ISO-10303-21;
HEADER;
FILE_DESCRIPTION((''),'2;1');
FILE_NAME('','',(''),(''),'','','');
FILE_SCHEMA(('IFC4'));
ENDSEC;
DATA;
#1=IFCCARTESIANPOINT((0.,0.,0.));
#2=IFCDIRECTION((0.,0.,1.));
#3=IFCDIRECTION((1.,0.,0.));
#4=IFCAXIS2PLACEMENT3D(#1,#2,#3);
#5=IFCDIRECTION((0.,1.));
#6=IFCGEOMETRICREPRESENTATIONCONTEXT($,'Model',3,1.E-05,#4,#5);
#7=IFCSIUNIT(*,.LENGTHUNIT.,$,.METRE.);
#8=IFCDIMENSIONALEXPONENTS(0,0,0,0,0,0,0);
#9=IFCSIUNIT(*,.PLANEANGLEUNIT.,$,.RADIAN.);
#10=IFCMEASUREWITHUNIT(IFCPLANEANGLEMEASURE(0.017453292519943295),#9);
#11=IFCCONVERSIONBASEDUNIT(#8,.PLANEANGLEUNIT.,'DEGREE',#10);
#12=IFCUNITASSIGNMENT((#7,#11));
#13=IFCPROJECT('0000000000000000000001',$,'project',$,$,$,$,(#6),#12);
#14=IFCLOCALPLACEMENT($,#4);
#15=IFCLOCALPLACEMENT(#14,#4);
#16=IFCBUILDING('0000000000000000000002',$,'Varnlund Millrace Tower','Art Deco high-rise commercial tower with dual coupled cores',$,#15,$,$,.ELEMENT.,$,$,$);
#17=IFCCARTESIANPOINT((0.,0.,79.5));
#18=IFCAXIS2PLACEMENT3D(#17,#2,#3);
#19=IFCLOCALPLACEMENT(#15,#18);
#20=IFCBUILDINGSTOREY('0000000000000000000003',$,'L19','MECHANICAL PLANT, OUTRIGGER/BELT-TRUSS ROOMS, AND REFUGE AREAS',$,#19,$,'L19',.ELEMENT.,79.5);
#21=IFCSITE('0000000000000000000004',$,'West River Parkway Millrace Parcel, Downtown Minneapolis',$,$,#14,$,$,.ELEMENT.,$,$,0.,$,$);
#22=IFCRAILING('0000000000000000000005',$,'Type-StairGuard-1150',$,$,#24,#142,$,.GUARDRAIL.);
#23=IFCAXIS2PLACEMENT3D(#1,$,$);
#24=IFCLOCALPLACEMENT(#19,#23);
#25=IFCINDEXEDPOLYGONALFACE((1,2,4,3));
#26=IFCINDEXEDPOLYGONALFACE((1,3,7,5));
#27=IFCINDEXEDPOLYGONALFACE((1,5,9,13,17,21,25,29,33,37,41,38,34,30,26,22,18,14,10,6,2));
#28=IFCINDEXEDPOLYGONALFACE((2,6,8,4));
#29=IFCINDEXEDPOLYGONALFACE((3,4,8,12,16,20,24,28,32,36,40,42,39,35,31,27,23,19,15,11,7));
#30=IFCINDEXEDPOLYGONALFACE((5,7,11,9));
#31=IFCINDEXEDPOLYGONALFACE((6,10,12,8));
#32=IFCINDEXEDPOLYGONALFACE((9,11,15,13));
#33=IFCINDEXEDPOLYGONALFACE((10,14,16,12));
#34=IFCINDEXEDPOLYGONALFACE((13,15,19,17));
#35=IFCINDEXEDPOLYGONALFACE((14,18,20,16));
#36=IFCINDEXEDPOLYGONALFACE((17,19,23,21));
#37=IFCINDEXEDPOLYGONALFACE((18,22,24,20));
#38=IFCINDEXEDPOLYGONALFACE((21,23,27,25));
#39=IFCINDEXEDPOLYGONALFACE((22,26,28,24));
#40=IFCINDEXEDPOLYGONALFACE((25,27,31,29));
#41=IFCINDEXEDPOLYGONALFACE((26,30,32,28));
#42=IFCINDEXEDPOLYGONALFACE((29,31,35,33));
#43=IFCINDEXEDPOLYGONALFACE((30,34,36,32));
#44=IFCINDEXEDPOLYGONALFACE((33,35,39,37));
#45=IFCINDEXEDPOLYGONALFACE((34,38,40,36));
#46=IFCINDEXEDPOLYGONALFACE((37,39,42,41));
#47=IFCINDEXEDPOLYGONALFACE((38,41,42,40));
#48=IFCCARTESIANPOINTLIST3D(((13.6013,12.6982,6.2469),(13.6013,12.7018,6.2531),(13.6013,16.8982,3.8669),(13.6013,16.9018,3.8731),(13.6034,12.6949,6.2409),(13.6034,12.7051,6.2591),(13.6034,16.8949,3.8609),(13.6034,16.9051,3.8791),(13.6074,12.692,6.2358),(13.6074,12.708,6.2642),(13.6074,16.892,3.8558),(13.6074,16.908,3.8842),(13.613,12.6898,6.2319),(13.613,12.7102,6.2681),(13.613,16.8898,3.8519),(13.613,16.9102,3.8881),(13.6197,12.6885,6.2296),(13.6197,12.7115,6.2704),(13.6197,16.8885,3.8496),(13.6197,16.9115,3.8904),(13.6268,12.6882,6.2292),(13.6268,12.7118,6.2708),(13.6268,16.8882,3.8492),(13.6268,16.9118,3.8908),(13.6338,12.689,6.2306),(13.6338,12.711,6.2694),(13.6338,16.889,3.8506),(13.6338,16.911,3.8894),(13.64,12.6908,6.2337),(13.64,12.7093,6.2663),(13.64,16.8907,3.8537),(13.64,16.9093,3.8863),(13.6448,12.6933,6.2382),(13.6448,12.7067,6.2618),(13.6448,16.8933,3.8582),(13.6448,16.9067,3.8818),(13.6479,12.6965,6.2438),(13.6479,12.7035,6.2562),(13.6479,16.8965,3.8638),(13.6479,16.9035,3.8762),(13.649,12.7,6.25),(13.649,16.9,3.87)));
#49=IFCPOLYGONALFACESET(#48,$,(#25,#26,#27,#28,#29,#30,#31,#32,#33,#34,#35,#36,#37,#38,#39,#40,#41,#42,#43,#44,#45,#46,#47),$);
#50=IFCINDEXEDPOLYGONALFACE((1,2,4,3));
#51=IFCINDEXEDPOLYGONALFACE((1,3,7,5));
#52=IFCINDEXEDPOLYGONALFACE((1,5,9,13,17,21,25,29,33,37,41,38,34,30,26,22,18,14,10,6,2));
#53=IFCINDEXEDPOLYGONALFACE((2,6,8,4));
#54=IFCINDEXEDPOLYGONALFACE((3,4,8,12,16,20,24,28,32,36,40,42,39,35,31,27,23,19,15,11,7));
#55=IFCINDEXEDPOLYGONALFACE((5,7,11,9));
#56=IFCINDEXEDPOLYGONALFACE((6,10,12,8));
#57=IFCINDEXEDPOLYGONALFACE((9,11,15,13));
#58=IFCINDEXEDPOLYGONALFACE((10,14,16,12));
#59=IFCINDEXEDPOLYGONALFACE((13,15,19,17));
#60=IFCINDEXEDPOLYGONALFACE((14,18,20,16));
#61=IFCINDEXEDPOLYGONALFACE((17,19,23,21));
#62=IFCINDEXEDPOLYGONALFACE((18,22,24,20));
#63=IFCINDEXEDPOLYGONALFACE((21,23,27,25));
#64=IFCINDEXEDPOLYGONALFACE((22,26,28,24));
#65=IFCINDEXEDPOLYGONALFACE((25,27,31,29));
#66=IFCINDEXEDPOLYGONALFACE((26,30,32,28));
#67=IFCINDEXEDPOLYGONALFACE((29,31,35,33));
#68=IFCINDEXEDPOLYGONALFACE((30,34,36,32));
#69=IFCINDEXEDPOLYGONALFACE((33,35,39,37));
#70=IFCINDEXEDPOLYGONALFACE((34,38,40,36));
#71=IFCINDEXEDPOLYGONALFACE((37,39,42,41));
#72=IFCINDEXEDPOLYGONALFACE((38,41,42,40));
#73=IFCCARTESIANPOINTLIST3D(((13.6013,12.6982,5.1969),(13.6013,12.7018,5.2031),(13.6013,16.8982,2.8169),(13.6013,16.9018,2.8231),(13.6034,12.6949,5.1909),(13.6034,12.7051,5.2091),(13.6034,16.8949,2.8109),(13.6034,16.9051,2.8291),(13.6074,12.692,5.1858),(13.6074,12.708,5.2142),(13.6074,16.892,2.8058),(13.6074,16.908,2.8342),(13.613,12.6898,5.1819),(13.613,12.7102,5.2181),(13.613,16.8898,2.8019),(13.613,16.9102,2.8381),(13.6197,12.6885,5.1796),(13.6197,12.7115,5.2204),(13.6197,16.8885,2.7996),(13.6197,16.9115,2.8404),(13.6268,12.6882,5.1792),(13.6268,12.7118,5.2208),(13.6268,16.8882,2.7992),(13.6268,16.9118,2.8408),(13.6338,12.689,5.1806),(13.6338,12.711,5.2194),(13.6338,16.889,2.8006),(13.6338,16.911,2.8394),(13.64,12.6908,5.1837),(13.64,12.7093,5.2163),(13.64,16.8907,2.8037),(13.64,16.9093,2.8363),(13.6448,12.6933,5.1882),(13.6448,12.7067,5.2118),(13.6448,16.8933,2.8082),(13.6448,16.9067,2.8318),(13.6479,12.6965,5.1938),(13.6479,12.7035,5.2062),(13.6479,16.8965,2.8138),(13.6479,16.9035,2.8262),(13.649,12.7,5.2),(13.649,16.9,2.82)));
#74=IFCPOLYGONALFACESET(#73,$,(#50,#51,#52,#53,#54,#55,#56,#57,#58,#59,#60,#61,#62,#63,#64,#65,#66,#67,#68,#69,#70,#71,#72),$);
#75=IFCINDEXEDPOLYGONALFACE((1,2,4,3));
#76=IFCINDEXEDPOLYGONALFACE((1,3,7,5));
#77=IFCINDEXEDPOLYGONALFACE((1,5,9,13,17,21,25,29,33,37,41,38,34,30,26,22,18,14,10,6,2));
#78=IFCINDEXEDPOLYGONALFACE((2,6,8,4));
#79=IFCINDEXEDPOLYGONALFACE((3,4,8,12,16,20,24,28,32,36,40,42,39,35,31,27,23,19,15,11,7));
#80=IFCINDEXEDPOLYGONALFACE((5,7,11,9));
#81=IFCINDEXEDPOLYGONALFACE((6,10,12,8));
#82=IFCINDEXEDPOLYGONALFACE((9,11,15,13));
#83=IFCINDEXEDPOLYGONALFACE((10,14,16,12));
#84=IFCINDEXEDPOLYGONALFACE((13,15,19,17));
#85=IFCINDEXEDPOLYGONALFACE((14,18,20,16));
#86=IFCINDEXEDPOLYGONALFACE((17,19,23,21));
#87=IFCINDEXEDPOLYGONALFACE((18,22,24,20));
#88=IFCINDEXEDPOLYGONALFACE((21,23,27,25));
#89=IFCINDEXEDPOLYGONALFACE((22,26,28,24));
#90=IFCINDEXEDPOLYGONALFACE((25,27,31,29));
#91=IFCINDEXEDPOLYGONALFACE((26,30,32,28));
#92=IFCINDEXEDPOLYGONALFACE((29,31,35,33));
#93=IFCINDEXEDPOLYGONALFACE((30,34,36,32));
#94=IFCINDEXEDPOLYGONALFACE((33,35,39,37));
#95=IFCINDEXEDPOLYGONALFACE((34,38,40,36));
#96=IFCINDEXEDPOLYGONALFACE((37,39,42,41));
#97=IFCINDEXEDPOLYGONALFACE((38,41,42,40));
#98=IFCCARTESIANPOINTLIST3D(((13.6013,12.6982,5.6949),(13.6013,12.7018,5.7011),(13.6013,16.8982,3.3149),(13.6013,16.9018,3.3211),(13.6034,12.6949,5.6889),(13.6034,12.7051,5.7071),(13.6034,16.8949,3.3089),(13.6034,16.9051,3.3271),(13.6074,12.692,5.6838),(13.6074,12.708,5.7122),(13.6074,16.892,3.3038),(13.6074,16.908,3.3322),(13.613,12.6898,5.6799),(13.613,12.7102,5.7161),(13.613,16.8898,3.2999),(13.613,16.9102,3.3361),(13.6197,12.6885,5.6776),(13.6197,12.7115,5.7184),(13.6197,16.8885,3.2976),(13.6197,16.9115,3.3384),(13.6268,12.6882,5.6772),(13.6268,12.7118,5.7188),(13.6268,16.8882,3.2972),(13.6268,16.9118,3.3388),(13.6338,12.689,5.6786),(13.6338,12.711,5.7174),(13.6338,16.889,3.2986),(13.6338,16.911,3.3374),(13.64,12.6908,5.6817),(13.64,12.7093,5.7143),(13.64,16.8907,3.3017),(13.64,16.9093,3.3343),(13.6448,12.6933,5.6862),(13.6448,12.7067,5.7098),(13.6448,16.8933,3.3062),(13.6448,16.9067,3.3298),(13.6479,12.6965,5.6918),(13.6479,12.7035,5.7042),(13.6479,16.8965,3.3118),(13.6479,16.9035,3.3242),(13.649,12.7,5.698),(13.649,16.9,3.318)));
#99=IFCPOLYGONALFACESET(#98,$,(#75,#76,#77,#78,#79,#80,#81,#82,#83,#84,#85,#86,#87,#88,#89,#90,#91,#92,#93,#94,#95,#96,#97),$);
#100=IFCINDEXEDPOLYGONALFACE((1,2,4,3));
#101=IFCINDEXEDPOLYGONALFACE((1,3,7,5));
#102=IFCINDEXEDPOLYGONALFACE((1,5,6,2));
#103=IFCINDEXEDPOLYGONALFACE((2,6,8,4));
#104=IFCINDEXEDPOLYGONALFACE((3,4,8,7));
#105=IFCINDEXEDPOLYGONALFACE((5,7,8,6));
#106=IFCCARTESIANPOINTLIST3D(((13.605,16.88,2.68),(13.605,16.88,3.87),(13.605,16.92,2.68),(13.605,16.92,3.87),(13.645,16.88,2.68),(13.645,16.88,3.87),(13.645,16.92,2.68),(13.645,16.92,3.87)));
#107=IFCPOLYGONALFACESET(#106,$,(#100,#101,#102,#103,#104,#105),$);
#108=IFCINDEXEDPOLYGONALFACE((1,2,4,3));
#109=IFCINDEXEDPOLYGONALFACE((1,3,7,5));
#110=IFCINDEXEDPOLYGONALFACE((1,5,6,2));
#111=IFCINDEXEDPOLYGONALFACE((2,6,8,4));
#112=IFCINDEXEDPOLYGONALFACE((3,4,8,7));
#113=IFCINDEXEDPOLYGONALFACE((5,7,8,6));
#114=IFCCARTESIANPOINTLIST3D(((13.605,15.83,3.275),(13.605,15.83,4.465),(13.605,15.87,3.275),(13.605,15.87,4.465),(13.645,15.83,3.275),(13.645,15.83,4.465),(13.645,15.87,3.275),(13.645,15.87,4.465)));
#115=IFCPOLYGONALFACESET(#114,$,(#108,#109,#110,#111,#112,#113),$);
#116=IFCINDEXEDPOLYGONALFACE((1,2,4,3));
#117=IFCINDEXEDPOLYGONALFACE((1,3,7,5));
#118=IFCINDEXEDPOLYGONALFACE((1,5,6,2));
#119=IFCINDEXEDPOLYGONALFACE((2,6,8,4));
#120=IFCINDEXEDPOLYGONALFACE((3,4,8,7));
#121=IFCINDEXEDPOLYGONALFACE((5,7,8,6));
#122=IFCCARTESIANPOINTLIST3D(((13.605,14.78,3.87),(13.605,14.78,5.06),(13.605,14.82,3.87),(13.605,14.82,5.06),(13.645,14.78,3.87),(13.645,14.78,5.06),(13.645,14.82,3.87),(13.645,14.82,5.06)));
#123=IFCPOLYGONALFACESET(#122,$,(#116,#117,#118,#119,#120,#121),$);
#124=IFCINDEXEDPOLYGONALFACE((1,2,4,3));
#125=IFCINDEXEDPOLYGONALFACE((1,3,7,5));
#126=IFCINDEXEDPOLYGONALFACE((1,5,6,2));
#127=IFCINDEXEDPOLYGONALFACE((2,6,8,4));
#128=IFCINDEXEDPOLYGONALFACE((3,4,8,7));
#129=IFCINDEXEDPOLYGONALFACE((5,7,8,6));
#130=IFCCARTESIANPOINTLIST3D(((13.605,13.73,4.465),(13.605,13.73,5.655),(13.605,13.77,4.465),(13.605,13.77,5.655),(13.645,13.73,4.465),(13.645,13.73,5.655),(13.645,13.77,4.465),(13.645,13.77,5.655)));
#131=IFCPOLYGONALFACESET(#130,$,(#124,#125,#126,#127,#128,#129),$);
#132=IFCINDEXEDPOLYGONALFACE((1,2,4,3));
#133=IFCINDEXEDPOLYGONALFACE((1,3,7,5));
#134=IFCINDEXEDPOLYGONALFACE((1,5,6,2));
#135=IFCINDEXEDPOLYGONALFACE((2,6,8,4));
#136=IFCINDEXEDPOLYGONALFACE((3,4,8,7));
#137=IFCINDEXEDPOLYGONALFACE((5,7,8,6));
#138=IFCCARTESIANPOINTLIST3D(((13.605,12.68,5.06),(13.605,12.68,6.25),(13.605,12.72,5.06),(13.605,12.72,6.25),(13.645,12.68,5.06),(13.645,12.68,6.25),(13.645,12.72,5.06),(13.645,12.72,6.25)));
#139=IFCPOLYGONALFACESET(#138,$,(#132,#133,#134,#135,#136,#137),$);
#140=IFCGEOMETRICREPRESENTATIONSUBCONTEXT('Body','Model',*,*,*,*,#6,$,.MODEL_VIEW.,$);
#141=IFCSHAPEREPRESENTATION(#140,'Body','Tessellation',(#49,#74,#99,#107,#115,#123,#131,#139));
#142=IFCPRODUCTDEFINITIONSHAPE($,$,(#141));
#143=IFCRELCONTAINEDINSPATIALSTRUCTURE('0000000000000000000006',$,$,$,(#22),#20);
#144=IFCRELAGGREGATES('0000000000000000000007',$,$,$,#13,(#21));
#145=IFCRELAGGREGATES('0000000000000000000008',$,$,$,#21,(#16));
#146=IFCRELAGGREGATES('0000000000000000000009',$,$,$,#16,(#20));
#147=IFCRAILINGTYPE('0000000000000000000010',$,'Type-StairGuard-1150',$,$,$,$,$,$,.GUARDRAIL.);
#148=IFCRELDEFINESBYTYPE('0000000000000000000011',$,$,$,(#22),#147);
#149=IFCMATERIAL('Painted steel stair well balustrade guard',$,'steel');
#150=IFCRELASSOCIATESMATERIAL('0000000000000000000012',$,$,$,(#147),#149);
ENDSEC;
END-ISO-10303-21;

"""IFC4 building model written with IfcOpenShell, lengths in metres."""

from ifc_helpers import new_model, entity, si_unit, converted_unit, direction, frame, origin_with_axes, origin_2d_with_axis, place, context, subcontext, project, spatial, rectangle, circle, extrude, material, type_object, element, save


model = new_model("IFC4")

# Units and contexts
model_context = context("Model", 3, precision=1e-05, world=origin_with_axes(), true_north=direction((0.0, 1.0)))
body_context = subcontext(model_context, "Body", "Model", "MODEL_VIEW")
ifc_project = project(units=[si_unit("LENGTHUNIT", "METRE"), converted_unit("PLANEANGLEUNIT", "DEGREE", entity("IfcPlaneAngleMeasure", 0.017453292519943295), si_unit("PLANEANGLEUNIT", "RADIAN"), dimensions=[0, 0, 0, 0, 0, 0, 0])], contexts=[model_context])

# Site, building, storey
site_placement = place(None, origin_with_axes())
site = spatial("IfcSite", under=ifc_project, at=site_placement, Name="West River Parkway Millrace Parcel, Downtown Minneapolis", CompositionType="ELEMENT", RefElevation=0.0)
building_placement = place(site_placement, origin_with_axes())
building = spatial("IfcBuilding", under=site, at=building_placement, Name="Varnlund Millrace Tower", Description="Art Deco high-rise commercial tower with dual coupled cores", CompositionType="ELEMENT")
storey_placement = place(building_placement, frame((0.0, 0.0, 79.5), z_axis=(0.0, 0.0, 1.0), x_axis=(1.0, 0.0, 0.0)))
storey = spatial("IfcBuildingStorey", under=building, at=storey_placement, Name="L19", Description="MECHANICAL PLANT, OUTRIGGER/BELT-TRUSS ROOMS, AND REFUGE AREAS", LongName="L19", CompositionType="ELEMENT", Elevation=79.5)

# Railing
ifc_material_1 = material(Name="Painted steel stair well balustrade guard", Category="steel")
railing_type_1 = type_object("IfcRailingType", Name="Type-StairGuard-1150", PredefinedType="GUARDRAIL", material=ifc_material_1)
railing_1_placement = place(storey_placement, frame((0.0, 0.0, -79.5), z_axis=(0.0, 0.0, 1.0), x_axis=(1.0, 0.0, 0.0)))
element("IfcRailing", 1, at=railing_1_placement, inside=storey, type_object=railing_type_1, Name="Type-StairGuard-1150", PredefinedType="GUARDRAIL", context=body_context, shape_type="SweptSolid", body=[
    extrude(circle(Radius=0.024, at=origin_2d_with_axis()), frame((13.625, 16.9, 83.37), z_axis=(0.0, -0.870022, 0.493013), x_axis=(1.0, 0.0, 0.0)), (0.0, 0.0, 1.0), 4.8275),
    extrude(circle(Radius=0.024, at=origin_2d_with_axis()), frame((13.625, 16.9, 82.32), z_axis=(0.0, -0.870022, 0.493013), x_axis=(1.0, 0.0, 0.0)), (0.0, 0.0, 1.0), 4.8275),
    extrude(circle(Radius=0.024, at=origin_2d_with_axis()), frame((13.625, 16.9, 82.818), z_axis=(0.0, -0.870022, 0.493013), x_axis=(1.0, 0.0, 0.0)), (0.0, 0.0, 1.0), 4.8275),
    extrude(rectangle(XDim=0.04, YDim=0.04, at=origin_2d_with_axis()), frame((13.625, 16.9, 82.18), z_axis=(0.0, 0.0, 1.0), x_axis=(1.0, 0.0, 0.0)), (0.0, 0.0, 1.0), 1.19),
    extrude(rectangle(XDim=0.04, YDim=0.04, at=origin_2d_with_axis()), frame((13.625, 15.85, 82.775), z_axis=(0.0, 0.0, 1.0), x_axis=(1.0, 0.0, 0.0)), (0.0, 0.0, 1.0), 1.19),
    extrude(rectangle(XDim=0.04, YDim=0.04, at=origin_2d_with_axis()), frame((13.625, 14.8, 83.37), z_axis=(0.0, 0.0, 1.0), x_axis=(1.0, 0.0, 0.0)), (0.0, 0.0, 1.0), 1.19),
    extrude(rectangle(XDim=0.04, YDim=0.04, at=origin_2d_with_axis()), frame((13.625, 13.75, 83.965), z_axis=(0.0, 0.0, 1.0), x_axis=(1.0, 0.0, 0.0)), (0.0, 0.0, 1.0), 1.19),
    extrude(rectangle(XDim=0.04, YDim=0.04, at=origin_2d_with_axis()), frame((13.625, 12.7, 84.56), z_axis=(0.0, 0.0, 1.0), x_axis=(1.0, 0.0, 0.0)), (0.0, 0.0, 1.0), 1.19),
])

save(model, "model.ifc")
